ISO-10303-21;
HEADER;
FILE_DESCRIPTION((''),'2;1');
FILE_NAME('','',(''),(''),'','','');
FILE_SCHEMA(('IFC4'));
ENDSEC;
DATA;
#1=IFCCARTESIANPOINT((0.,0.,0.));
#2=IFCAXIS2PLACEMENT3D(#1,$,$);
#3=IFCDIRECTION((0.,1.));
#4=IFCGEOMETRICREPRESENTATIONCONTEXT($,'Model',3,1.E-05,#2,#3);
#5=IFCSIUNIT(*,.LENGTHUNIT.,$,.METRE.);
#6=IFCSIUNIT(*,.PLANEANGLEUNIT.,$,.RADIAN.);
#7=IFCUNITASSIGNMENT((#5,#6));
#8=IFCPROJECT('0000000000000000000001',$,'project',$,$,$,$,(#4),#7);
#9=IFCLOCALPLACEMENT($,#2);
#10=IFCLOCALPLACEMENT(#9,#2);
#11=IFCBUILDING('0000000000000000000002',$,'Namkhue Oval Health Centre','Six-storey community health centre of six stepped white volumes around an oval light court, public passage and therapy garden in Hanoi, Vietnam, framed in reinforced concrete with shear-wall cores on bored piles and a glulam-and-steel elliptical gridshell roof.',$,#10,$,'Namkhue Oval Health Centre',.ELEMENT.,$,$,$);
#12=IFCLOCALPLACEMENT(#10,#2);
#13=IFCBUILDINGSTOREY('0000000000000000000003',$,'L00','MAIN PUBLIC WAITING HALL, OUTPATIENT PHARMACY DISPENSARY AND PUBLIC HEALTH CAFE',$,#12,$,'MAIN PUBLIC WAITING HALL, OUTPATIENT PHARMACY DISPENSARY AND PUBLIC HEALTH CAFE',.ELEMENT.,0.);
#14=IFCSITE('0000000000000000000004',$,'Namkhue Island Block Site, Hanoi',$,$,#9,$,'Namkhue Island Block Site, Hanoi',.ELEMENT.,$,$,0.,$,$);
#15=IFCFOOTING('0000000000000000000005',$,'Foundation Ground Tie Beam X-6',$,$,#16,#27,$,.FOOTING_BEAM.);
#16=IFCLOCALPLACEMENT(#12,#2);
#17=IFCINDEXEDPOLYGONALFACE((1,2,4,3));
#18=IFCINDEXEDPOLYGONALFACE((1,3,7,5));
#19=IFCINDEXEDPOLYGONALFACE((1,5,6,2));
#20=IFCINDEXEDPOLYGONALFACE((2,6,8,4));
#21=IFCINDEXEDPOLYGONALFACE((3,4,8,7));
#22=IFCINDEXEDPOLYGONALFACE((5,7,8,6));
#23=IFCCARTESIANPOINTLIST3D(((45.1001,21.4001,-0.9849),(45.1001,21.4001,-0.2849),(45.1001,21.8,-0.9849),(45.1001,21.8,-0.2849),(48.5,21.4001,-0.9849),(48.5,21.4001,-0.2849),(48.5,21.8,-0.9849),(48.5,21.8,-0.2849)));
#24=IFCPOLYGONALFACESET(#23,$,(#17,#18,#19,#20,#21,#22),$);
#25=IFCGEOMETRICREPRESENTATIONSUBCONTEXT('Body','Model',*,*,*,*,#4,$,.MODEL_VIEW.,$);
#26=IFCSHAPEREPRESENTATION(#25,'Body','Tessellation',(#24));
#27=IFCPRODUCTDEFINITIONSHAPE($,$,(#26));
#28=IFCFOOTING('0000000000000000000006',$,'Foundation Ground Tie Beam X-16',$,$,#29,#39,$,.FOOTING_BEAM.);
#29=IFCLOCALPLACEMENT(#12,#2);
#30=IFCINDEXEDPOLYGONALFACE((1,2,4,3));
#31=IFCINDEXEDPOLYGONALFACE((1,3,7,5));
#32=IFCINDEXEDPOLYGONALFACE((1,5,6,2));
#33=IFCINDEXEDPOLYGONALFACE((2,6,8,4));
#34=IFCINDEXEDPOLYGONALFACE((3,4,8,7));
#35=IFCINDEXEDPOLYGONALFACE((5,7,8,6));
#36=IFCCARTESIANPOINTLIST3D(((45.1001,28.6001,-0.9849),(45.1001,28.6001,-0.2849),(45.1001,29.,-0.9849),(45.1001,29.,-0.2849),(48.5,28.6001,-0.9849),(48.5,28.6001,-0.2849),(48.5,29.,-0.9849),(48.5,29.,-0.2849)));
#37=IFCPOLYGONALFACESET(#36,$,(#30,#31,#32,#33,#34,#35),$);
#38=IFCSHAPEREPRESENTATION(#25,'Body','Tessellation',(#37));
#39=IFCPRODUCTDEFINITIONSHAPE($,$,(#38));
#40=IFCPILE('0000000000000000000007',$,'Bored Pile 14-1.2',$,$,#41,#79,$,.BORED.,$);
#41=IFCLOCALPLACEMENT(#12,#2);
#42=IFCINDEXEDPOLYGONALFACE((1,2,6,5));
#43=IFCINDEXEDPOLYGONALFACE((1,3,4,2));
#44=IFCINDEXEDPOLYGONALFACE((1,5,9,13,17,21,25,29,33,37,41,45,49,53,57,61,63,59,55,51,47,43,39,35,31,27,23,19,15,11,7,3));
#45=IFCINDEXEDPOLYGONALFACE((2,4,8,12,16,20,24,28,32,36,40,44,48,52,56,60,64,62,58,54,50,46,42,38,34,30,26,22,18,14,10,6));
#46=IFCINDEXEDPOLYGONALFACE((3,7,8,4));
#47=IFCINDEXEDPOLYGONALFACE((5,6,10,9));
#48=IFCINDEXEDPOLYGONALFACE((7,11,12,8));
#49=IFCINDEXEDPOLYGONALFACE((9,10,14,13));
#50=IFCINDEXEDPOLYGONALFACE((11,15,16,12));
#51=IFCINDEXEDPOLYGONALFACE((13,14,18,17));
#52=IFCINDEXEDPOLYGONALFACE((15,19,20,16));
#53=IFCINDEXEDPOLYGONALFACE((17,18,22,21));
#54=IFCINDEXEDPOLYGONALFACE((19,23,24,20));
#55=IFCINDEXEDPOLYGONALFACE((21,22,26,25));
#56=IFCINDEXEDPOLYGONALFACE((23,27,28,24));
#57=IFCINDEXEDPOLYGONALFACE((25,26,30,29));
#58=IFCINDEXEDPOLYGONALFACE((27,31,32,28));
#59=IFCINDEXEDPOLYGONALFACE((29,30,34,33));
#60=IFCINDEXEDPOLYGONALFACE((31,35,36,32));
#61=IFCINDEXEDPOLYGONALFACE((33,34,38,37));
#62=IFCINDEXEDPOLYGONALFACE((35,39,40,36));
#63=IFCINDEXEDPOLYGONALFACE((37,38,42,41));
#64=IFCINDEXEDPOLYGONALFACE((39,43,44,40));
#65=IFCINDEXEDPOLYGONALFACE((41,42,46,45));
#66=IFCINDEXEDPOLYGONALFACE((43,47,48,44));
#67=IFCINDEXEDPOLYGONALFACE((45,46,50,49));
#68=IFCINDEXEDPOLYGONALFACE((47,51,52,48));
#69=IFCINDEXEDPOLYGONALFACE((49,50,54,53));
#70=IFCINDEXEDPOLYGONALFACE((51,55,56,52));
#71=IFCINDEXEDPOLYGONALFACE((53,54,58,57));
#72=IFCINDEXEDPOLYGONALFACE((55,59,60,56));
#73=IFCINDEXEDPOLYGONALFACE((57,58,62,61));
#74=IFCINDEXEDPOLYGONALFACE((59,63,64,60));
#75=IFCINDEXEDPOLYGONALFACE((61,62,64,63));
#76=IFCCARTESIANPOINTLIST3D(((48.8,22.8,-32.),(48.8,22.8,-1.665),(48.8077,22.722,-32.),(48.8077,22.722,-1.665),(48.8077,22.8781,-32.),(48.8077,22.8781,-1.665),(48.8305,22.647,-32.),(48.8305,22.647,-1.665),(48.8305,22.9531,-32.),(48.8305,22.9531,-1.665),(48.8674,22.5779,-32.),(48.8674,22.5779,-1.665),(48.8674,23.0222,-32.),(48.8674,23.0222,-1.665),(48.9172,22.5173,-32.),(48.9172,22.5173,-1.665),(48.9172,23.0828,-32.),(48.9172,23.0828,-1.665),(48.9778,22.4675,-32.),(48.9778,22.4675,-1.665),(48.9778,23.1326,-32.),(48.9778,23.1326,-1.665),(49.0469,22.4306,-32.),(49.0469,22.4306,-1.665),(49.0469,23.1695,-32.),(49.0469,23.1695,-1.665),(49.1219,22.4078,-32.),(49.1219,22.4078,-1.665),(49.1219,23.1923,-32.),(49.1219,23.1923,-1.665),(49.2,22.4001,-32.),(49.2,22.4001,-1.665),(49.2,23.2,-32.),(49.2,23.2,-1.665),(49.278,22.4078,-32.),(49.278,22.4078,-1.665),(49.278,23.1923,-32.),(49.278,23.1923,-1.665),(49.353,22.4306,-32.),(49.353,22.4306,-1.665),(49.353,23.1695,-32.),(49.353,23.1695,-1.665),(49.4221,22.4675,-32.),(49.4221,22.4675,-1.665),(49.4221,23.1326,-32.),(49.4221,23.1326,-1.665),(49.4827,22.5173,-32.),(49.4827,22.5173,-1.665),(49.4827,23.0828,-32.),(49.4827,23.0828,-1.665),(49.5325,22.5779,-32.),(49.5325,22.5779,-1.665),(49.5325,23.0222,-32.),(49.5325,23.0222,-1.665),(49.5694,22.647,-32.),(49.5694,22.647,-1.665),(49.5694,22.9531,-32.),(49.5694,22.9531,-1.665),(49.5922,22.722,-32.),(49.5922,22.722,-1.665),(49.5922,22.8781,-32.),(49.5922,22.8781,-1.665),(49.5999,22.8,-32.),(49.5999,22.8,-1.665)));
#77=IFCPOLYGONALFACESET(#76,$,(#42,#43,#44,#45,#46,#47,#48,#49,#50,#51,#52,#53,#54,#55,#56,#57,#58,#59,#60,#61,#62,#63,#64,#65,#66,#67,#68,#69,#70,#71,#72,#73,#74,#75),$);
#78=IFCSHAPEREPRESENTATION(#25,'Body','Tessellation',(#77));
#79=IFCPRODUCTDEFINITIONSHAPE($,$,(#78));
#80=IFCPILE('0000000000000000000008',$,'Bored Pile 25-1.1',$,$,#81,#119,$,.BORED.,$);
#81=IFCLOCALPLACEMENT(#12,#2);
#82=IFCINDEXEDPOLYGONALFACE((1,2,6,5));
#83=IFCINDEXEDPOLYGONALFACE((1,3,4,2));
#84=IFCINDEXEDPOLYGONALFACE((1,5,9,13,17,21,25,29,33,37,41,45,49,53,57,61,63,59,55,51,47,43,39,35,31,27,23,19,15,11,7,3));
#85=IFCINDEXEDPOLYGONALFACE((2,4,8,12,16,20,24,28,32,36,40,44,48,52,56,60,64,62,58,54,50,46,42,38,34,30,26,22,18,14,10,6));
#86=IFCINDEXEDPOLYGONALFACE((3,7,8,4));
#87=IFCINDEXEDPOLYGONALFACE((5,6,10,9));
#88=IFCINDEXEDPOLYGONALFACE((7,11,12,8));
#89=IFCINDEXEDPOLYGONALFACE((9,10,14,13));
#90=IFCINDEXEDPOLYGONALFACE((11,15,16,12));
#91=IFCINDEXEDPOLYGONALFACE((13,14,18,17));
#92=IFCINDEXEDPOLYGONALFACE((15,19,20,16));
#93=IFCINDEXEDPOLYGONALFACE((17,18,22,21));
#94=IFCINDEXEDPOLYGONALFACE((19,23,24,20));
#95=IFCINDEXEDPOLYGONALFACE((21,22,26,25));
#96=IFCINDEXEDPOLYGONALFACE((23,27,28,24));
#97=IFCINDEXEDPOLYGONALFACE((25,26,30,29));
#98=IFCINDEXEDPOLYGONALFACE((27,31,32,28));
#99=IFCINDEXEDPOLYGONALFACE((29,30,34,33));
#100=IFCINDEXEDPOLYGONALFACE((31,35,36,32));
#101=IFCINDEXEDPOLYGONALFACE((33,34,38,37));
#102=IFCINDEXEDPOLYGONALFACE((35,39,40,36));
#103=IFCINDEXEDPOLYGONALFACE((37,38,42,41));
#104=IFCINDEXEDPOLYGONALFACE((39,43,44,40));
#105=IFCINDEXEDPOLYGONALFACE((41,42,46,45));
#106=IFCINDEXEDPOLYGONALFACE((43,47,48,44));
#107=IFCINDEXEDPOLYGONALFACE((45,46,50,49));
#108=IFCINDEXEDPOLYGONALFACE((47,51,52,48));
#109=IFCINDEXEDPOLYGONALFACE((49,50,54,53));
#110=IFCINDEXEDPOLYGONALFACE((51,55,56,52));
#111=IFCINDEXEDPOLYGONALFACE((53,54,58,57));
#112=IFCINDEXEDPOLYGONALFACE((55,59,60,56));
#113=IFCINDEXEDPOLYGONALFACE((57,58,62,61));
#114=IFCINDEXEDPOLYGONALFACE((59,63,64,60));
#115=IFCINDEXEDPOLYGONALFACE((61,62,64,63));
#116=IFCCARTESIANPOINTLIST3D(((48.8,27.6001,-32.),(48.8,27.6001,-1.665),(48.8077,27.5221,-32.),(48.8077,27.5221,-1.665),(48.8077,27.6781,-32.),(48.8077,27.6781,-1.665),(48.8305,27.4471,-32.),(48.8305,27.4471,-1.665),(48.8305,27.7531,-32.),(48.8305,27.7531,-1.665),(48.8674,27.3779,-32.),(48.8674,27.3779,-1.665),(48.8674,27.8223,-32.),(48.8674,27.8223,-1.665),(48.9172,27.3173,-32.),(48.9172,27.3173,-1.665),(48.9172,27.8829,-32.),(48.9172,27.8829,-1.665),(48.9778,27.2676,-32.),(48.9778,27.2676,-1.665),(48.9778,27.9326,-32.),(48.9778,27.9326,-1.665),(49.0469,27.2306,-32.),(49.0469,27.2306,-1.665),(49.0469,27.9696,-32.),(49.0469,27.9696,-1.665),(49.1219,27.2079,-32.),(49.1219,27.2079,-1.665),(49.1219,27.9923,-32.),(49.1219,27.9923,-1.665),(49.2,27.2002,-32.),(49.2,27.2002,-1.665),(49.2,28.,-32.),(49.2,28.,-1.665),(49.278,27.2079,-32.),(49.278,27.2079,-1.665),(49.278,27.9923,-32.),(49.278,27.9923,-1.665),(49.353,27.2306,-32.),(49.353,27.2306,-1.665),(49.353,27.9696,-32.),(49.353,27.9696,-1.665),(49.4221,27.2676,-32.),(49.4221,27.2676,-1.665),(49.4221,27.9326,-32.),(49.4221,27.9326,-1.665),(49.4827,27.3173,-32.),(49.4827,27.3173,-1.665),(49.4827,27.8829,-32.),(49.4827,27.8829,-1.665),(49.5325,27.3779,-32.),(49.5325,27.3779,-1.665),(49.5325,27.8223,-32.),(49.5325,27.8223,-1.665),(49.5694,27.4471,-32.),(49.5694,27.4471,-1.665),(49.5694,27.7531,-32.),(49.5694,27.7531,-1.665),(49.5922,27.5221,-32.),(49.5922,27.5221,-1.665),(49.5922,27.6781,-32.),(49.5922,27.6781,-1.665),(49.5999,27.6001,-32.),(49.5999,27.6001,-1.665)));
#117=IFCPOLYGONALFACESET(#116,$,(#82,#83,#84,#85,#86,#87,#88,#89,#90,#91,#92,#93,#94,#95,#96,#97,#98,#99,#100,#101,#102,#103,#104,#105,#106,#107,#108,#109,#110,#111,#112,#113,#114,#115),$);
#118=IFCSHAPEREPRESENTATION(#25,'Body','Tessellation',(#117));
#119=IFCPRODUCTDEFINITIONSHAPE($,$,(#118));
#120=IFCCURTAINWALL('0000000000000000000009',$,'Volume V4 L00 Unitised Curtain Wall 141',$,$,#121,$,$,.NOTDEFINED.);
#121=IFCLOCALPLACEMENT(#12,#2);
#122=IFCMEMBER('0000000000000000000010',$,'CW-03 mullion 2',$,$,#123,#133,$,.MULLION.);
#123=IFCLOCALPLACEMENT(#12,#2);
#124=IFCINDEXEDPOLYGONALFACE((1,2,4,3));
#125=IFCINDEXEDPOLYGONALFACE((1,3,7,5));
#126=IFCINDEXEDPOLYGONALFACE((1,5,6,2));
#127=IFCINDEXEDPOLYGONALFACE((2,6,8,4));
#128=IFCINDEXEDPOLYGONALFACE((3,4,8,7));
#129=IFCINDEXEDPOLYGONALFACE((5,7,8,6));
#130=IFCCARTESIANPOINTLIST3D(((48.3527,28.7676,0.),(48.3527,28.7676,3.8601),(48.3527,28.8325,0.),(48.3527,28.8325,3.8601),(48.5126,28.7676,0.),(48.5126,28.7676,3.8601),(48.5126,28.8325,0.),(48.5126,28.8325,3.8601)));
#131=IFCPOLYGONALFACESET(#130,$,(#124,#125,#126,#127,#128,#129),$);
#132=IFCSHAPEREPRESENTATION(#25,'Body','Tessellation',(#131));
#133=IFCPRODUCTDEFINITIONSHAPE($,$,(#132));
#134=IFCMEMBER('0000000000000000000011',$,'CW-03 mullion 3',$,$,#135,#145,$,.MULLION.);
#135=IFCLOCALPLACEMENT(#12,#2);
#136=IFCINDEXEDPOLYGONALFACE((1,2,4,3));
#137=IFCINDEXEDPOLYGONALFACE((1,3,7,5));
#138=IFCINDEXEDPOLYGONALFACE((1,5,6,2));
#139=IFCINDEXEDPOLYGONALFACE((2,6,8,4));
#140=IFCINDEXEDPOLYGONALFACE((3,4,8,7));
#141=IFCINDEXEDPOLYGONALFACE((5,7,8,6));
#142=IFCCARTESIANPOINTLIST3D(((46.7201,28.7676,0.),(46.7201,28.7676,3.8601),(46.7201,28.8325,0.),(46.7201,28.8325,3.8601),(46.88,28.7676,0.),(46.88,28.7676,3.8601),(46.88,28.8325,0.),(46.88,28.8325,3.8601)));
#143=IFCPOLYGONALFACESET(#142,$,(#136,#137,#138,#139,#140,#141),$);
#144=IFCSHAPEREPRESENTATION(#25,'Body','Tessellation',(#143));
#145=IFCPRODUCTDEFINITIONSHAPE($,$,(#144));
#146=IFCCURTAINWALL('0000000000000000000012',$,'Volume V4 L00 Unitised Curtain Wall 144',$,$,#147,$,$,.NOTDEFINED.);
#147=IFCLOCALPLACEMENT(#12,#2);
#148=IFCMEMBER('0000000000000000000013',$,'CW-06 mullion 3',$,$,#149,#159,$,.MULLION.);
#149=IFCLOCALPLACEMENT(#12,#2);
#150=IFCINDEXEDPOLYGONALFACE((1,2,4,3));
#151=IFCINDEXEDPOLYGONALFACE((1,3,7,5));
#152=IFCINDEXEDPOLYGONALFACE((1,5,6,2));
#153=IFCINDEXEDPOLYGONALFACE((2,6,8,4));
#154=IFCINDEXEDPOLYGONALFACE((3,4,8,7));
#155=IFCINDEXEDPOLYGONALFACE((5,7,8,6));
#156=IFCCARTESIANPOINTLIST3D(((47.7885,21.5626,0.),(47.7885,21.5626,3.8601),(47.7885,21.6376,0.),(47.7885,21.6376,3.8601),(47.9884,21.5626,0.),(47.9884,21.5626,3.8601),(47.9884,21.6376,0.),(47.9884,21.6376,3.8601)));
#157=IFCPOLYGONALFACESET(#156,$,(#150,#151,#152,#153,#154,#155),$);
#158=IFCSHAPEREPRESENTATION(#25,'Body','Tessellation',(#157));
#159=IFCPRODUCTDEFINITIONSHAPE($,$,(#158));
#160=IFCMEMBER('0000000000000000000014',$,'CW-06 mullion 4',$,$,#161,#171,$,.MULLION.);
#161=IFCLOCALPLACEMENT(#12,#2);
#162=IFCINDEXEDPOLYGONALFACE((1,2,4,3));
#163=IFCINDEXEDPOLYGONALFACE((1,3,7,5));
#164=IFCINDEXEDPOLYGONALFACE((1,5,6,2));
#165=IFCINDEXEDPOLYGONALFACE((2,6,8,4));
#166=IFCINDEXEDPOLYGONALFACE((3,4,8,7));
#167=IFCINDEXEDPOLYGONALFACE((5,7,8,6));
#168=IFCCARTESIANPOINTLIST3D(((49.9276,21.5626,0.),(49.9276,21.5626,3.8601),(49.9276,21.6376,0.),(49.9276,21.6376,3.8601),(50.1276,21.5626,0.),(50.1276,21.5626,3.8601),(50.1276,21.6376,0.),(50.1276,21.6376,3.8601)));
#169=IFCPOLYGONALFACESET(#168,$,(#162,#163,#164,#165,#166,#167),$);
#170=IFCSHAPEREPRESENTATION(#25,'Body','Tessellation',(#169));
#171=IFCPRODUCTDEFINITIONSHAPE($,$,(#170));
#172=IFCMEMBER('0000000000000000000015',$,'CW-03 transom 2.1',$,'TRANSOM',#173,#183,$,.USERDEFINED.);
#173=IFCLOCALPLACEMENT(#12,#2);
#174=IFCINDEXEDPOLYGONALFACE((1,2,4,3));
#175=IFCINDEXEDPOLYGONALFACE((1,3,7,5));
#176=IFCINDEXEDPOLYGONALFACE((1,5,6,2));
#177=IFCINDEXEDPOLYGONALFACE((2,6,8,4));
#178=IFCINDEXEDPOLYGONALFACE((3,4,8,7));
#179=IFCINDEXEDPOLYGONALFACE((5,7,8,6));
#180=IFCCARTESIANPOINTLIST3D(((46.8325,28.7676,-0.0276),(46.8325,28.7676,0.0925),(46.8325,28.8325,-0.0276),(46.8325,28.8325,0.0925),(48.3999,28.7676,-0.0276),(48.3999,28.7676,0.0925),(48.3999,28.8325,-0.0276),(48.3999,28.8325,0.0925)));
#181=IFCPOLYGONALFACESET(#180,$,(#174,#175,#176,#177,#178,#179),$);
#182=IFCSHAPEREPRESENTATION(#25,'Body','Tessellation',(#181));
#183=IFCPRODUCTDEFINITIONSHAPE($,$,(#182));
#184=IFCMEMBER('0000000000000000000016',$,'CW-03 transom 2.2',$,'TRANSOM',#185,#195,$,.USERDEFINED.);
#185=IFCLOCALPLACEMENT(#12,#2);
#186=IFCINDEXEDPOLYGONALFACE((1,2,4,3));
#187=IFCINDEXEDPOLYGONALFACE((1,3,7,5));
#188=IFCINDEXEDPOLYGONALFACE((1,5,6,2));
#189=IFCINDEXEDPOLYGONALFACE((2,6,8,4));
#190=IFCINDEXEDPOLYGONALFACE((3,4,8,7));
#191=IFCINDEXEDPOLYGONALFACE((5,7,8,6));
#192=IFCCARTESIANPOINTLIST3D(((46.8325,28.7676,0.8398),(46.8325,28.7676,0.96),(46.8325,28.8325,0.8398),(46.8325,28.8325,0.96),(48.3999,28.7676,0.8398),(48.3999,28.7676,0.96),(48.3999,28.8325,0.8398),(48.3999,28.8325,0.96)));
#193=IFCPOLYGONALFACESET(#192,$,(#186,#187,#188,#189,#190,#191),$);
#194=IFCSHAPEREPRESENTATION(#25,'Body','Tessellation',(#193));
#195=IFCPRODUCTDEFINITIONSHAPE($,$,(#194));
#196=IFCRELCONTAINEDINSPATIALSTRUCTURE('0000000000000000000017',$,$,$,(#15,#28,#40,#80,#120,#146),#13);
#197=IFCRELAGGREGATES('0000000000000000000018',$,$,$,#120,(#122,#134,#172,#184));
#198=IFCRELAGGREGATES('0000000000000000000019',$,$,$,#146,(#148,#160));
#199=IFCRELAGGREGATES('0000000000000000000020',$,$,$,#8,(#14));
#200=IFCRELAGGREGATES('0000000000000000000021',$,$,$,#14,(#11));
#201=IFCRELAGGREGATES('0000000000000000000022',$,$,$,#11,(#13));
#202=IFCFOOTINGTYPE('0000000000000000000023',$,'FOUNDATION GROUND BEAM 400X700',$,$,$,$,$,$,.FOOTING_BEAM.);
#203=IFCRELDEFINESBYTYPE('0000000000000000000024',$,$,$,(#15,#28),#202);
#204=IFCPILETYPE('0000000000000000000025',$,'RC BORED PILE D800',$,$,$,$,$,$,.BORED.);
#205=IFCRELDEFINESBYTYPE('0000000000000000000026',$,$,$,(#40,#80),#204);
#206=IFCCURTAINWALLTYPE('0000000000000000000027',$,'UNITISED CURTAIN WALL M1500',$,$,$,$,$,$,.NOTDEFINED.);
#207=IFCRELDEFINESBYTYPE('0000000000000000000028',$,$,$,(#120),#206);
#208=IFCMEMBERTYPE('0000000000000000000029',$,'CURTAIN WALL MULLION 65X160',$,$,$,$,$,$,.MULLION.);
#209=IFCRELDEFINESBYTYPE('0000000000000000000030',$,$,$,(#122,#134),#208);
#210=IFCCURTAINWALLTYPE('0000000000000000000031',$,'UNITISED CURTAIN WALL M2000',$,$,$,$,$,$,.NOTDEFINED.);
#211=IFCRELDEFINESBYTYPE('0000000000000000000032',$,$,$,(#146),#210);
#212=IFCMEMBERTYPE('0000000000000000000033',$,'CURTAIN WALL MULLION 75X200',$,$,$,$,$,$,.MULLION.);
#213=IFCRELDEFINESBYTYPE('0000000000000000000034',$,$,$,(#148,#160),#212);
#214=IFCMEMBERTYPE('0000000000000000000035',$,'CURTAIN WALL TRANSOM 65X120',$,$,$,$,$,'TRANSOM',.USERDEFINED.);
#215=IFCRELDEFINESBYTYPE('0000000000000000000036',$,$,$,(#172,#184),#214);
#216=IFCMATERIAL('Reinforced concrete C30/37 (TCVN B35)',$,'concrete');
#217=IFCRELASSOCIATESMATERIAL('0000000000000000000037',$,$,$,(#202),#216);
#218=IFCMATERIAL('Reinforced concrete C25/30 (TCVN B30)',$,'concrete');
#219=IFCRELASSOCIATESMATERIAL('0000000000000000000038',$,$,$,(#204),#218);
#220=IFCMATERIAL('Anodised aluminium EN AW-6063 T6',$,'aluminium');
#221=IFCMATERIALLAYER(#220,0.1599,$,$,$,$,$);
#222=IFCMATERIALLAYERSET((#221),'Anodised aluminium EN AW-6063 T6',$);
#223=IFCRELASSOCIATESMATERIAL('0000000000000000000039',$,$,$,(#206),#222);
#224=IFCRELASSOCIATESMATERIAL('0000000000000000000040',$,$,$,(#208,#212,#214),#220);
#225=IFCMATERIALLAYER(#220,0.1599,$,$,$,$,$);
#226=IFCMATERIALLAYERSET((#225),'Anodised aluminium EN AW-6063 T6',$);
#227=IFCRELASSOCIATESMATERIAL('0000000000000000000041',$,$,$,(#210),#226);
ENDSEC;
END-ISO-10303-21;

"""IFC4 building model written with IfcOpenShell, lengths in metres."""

from ifc_helpers import new_model, si_unit, direction, frame, origin, origin_2d, place, context, subcontext, project, spatial, rectangle, circle, extrude, material, layer, layer_set, material_profile, profile_set, type_object, element, aggregate, save


model = new_model("IFC4")

# Units and contexts
model_context = context("Model", 3, precision=1e-05, world=origin(), true_north=direction((0.0, 1.0)))
body_context = subcontext(model_context, "Body", "Model", "MODEL_VIEW")
ifc_project = project(units=[si_unit("LENGTHUNIT", "METRE"), si_unit("PLANEANGLEUNIT", "RADIAN")], contexts=[model_context])

# Site, building, storey
site_placement = place(None, origin())
site = spatial("IfcSite", under=ifc_project, at=site_placement, Name="Namkhue Island Block Site, Hanoi", LongName="Namkhue Island Block Site, Hanoi", CompositionType="ELEMENT", RefElevation=0.0)
building_placement = place(site_placement, origin())
building = spatial("IfcBuilding", under=site, at=building_placement, Name="Namkhue Oval Health Centre", Description="Six-storey community health centre of six stepped white volumes around an oval light court, public passage and therapy garden in Hanoi, Vietnam, framed in reinforced concrete with shear-wall cores on bored piles and a glulam-and-steel elliptical gridshell roof.", LongName="Namkhue Oval Health Centre", CompositionType="ELEMENT")
storey_placement = place(building_placement, origin())
storey = spatial("IfcBuildingStorey", under=building, at=storey_placement, Name="L00", Description="MAIN PUBLIC WAITING HALL, OUTPATIENT PHARMACY DISPENSARY AND PUBLIC HEALTH CAFE", LongName="MAIN PUBLIC WAITING HALL, OUTPATIENT PHARMACY DISPENSARY AND PUBLIC HEALTH CAFE", CompositionType="ELEMENT", Elevation=0.0)

# Footings
ifc_material_1 = material(Name="Reinforced concrete C30/37 (TCVN B35)", Category="concrete")
footing_type = type_object("IfcFootingType", Name="FOUNDATION GROUND BEAM 400X700", PredefinedType="FOOTING_BEAM", material=ifc_material_1)
for number, where, z_axis, x_axis, name in (
    (1, (46.8, 21.6001, -0.9849), (0.0, 0.0, 1.0), (1.0, 0.0, 0.0), "Foundation Ground Tie Beam X-6"),
    (2, (46.8, 28.8, -0.9849), (0.0, 0.0, 1.0), (1.0, 0.0, 0.0), "Foundation Ground Tie Beam X-16"),
):
    element("IfcFooting", number, at=place(storey_placement, frame(where, z_axis=z_axis, x_axis=x_axis)), inside=storey, type_object=footing_type, Name=name, PredefinedType="FOOTING_BEAM", context=body_context, shape_type="SweptSolid", body=[
        extrude(rectangle(XDim=3.3999, YDim=0.3999, at=origin_2d()), origin(), (0.0, 0.0, 1.0), 0.7),
    ])

# Piles
ifc_material_2 = material(Name="Reinforced concrete C25/30 (TCVN B30)", Category="concrete")
ifc_material_profile_1 = material_profile(ifc_material_2, circle(Radius=0.3999, at=origin_2d()), Name="BORED PILE D800")
ifc_profile_set_1 = profile_set([ifc_material_profile_1], Name="Reinforced concrete C25/30 (TCVN B30)")
pile_type = type_object("IfcPileType", Name="RC BORED PILE D800", PredefinedType="BORED", material=ifc_profile_set_1)
for number, where, z_axis, x_axis, name in (
    (3, (49.2, 22.8, -1.665), (0.0, 0.0, -1.0), (1.0, 0.0, 0.0), "Bored Pile 14-1.2"),
    (4, (49.2, 27.6001, -1.665), (0.0, 0.0, -1.0), (1.0, 0.0, 0.0), "Bored Pile 25-1.1"),
):
    element("IfcPile", number, at=place(storey_placement, frame(where, z_axis=z_axis, x_axis=x_axis)), inside=storey, type_object=pile_type, Name=name, PredefinedType="BORED", context=body_context, shape_type="SweptSolid", body=[
        extrude(circle(Radius=0.3999, at=origin_2d()), origin(), (0.0, 0.0, 1.0), 30.335),
    ])

# Curtain walls, members
ifc_material_3 = material(Name="Anodised aluminium EN AW-6063 T6", Category="aluminium")
ifc_layer_1 = layer(ifc_material_3, 0.1599)
ifc_layer_set_1 = layer_set([ifc_layer_1], Name="Anodised aluminium EN AW-6063 T6")
curtain_wall_type_1 = type_object("IfcCurtainWallType", Name="UNITISED CURTAIN WALL M1500", PredefinedType="NOTDEFINED", material=ifc_layer_set_1)
curtain_wall_1_placement = place(storey_placement, origin())
curtain_wall_1 = element("IfcCurtainWall", 5, at=curtain_wall_1_placement, inside=storey, type_object=curtain_wall_type_1, Name="Volume V4 L00 Unitised Curtain Wall 141", PredefinedType="NOTDEFINED")
ifc_material_profile_2 = material_profile(ifc_material_3, rectangle(XDim=0.0649, YDim=0.1599, at=origin_2d()), Name="ALU 65x160")
ifc_profile_set_2 = profile_set([ifc_material_profile_2], Name="Anodised aluminium EN AW-6063 T6")
member_type_1 = type_object("IfcMemberType", Name="CURTAIN WALL MULLION 65X160", PredefinedType="MULLION", material=ifc_profile_set_2)
member_1_placement = place(storey_placement, frame((48.4326, 28.8, 0.0), z_axis=(0.0, 0.0, 1.0), x_axis=(0.0, -1.0, 0.0)))
member_1 = element("IfcMember", 6, at=member_1_placement, type_object=member_type_1, Name="CW-03 mullion 2", PredefinedType="MULLION", context=body_context, shape_type="SweptSolid", body=[
    extrude(rectangle(XDim=0.0649, YDim=0.1599, at=origin_2d()), origin(), (0.0, 0.0, 1.0), 3.8601),
])
member_2_placement = place(storey_placement, frame((46.8, 28.8, 0.0), z_axis=(0.0, 0.0, 1.0), x_axis=(0.0, -1.0, 0.0)))
member_2 = element("IfcMember", 7, at=member_2_placement, type_object=member_type_1, Name="CW-03 mullion 3", PredefinedType="MULLION", context=body_context, shape_type="SweptSolid", body=[
    extrude(rectangle(XDim=0.0649, YDim=0.1599, at=origin_2d()), origin(), (0.0, 0.0, 1.0), 3.8601),
])
ifc_layer_2 = layer(ifc_material_3, 0.1599)
ifc_layer_set_2 = layer_set([ifc_layer_2], Name="Anodised aluminium EN AW-6063 T6")
curtain_wall_type_2 = type_object("IfcCurtainWallType", Name="UNITISED CURTAIN WALL M2000", PredefinedType="NOTDEFINED", material=ifc_layer_set_2)
curtain_wall_2_placement = place(storey_placement, origin())
curtain_wall_2 = element("IfcCurtainWall", 8, at=curtain_wall_2_placement, inside=storey, type_object=curtain_wall_type_2, Name="Volume V4 L00 Unitised Curtain Wall 144", PredefinedType="NOTDEFINED")
ifc_material_profile_3 = material_profile(ifc_material_3, rectangle(XDim=0.075, YDim=0.2, at=origin_2d()), Name="ALU 75x200")
ifc_profile_set_3 = profile_set([ifc_material_profile_3], Name="Anodised aluminium EN AW-6063 T6")
member_type_2 = type_object("IfcMemberType", Name="CURTAIN WALL MULLION 75X200", PredefinedType="MULLION", material=ifc_profile_set_3)
member_3_placement = place(storey_placement, frame((47.8884, 21.6001, 0.0), z_axis=(0.0, 0.0, 1.0), x_axis=(0.0, 1.0, 0.0)))
member_3 = element("IfcMember", 9, at=member_3_placement, type_object=member_type_2, Name="CW-06 mullion 3", PredefinedType="MULLION", context=body_context, shape_type="SweptSolid", body=[
    extrude(rectangle(XDim=0.075, YDim=0.2, at=origin_2d()), origin(), (0.0, 0.0, 1.0), 3.8601),
])
member_4_placement = place(storey_placement, frame((50.0276, 21.6001, 0.0), z_axis=(0.0, 0.0, 1.0), x_axis=(0.0, 1.0, 0.0)))
member_4 = element("IfcMember", 10, at=member_4_placement, type_object=member_type_2, Name="CW-06 mullion 4", PredefinedType="MULLION", context=body_context, shape_type="SweptSolid", body=[
    extrude(rectangle(XDim=0.075, YDim=0.2, at=origin_2d()), origin(), (0.0, 0.0, 1.0), 3.8601),
])

# Members
ifc_material_profile_4 = material_profile(ifc_material_3, rectangle(XDim=0.0649, YDim=0.1201, at=origin_2d()), Name="ALU 65x120")
ifc_profile_set_4 = profile_set([ifc_material_profile_4], Name="Anodised aluminium EN AW-6063 T6")
member_type_3 = type_object("IfcMemberType", Name="CURTAIN WALL TRANSOM 65X120", ElementType="TRANSOM", PredefinedType="USERDEFINED", material=ifc_profile_set_4)
member_5_placement = place(storey_placement, frame((48.3999, 28.8, 0.0325), z_axis=(-1.0, 0.0, 0.0), x_axis=(0.0, -1.0, 0.0)))
member_5 = element("IfcMember", 11, at=member_5_placement, type_object=member_type_3, Name="CW-03 transom 2.1", ObjectType="TRANSOM", PredefinedType="USERDEFINED", context=body_context, shape_type="SweptSolid", body=[
    extrude(rectangle(XDim=0.0649, YDim=0.1201, at=origin_2d()), origin(), (0.0, 0.0, 1.0), 1.5674),
])
member_6_placement = place(storey_placement, frame((48.3999, 28.8, 0.8999), z_axis=(-1.0, 0.0, 0.0), x_axis=(0.0, -1.0, 0.0)))
member_6 = element("IfcMember", 12, at=member_6_placement, type_object=member_type_3, Name="CW-03 transom 2.2", ObjectType="TRANSOM", PredefinedType="USERDEFINED", context=body_context, shape_type="SweptSolid", body=[
    extrude(rectangle(XDim=0.0649, YDim=0.1201, at=origin_2d()), origin(), (0.0, 0.0, 1.0), 1.5674),
])

aggregate(curtain_wall_1, [member_1, member_2, member_5, member_6])
aggregate(curtain_wall_2, [member_3, member_4])

save(model, "model.ifc")
